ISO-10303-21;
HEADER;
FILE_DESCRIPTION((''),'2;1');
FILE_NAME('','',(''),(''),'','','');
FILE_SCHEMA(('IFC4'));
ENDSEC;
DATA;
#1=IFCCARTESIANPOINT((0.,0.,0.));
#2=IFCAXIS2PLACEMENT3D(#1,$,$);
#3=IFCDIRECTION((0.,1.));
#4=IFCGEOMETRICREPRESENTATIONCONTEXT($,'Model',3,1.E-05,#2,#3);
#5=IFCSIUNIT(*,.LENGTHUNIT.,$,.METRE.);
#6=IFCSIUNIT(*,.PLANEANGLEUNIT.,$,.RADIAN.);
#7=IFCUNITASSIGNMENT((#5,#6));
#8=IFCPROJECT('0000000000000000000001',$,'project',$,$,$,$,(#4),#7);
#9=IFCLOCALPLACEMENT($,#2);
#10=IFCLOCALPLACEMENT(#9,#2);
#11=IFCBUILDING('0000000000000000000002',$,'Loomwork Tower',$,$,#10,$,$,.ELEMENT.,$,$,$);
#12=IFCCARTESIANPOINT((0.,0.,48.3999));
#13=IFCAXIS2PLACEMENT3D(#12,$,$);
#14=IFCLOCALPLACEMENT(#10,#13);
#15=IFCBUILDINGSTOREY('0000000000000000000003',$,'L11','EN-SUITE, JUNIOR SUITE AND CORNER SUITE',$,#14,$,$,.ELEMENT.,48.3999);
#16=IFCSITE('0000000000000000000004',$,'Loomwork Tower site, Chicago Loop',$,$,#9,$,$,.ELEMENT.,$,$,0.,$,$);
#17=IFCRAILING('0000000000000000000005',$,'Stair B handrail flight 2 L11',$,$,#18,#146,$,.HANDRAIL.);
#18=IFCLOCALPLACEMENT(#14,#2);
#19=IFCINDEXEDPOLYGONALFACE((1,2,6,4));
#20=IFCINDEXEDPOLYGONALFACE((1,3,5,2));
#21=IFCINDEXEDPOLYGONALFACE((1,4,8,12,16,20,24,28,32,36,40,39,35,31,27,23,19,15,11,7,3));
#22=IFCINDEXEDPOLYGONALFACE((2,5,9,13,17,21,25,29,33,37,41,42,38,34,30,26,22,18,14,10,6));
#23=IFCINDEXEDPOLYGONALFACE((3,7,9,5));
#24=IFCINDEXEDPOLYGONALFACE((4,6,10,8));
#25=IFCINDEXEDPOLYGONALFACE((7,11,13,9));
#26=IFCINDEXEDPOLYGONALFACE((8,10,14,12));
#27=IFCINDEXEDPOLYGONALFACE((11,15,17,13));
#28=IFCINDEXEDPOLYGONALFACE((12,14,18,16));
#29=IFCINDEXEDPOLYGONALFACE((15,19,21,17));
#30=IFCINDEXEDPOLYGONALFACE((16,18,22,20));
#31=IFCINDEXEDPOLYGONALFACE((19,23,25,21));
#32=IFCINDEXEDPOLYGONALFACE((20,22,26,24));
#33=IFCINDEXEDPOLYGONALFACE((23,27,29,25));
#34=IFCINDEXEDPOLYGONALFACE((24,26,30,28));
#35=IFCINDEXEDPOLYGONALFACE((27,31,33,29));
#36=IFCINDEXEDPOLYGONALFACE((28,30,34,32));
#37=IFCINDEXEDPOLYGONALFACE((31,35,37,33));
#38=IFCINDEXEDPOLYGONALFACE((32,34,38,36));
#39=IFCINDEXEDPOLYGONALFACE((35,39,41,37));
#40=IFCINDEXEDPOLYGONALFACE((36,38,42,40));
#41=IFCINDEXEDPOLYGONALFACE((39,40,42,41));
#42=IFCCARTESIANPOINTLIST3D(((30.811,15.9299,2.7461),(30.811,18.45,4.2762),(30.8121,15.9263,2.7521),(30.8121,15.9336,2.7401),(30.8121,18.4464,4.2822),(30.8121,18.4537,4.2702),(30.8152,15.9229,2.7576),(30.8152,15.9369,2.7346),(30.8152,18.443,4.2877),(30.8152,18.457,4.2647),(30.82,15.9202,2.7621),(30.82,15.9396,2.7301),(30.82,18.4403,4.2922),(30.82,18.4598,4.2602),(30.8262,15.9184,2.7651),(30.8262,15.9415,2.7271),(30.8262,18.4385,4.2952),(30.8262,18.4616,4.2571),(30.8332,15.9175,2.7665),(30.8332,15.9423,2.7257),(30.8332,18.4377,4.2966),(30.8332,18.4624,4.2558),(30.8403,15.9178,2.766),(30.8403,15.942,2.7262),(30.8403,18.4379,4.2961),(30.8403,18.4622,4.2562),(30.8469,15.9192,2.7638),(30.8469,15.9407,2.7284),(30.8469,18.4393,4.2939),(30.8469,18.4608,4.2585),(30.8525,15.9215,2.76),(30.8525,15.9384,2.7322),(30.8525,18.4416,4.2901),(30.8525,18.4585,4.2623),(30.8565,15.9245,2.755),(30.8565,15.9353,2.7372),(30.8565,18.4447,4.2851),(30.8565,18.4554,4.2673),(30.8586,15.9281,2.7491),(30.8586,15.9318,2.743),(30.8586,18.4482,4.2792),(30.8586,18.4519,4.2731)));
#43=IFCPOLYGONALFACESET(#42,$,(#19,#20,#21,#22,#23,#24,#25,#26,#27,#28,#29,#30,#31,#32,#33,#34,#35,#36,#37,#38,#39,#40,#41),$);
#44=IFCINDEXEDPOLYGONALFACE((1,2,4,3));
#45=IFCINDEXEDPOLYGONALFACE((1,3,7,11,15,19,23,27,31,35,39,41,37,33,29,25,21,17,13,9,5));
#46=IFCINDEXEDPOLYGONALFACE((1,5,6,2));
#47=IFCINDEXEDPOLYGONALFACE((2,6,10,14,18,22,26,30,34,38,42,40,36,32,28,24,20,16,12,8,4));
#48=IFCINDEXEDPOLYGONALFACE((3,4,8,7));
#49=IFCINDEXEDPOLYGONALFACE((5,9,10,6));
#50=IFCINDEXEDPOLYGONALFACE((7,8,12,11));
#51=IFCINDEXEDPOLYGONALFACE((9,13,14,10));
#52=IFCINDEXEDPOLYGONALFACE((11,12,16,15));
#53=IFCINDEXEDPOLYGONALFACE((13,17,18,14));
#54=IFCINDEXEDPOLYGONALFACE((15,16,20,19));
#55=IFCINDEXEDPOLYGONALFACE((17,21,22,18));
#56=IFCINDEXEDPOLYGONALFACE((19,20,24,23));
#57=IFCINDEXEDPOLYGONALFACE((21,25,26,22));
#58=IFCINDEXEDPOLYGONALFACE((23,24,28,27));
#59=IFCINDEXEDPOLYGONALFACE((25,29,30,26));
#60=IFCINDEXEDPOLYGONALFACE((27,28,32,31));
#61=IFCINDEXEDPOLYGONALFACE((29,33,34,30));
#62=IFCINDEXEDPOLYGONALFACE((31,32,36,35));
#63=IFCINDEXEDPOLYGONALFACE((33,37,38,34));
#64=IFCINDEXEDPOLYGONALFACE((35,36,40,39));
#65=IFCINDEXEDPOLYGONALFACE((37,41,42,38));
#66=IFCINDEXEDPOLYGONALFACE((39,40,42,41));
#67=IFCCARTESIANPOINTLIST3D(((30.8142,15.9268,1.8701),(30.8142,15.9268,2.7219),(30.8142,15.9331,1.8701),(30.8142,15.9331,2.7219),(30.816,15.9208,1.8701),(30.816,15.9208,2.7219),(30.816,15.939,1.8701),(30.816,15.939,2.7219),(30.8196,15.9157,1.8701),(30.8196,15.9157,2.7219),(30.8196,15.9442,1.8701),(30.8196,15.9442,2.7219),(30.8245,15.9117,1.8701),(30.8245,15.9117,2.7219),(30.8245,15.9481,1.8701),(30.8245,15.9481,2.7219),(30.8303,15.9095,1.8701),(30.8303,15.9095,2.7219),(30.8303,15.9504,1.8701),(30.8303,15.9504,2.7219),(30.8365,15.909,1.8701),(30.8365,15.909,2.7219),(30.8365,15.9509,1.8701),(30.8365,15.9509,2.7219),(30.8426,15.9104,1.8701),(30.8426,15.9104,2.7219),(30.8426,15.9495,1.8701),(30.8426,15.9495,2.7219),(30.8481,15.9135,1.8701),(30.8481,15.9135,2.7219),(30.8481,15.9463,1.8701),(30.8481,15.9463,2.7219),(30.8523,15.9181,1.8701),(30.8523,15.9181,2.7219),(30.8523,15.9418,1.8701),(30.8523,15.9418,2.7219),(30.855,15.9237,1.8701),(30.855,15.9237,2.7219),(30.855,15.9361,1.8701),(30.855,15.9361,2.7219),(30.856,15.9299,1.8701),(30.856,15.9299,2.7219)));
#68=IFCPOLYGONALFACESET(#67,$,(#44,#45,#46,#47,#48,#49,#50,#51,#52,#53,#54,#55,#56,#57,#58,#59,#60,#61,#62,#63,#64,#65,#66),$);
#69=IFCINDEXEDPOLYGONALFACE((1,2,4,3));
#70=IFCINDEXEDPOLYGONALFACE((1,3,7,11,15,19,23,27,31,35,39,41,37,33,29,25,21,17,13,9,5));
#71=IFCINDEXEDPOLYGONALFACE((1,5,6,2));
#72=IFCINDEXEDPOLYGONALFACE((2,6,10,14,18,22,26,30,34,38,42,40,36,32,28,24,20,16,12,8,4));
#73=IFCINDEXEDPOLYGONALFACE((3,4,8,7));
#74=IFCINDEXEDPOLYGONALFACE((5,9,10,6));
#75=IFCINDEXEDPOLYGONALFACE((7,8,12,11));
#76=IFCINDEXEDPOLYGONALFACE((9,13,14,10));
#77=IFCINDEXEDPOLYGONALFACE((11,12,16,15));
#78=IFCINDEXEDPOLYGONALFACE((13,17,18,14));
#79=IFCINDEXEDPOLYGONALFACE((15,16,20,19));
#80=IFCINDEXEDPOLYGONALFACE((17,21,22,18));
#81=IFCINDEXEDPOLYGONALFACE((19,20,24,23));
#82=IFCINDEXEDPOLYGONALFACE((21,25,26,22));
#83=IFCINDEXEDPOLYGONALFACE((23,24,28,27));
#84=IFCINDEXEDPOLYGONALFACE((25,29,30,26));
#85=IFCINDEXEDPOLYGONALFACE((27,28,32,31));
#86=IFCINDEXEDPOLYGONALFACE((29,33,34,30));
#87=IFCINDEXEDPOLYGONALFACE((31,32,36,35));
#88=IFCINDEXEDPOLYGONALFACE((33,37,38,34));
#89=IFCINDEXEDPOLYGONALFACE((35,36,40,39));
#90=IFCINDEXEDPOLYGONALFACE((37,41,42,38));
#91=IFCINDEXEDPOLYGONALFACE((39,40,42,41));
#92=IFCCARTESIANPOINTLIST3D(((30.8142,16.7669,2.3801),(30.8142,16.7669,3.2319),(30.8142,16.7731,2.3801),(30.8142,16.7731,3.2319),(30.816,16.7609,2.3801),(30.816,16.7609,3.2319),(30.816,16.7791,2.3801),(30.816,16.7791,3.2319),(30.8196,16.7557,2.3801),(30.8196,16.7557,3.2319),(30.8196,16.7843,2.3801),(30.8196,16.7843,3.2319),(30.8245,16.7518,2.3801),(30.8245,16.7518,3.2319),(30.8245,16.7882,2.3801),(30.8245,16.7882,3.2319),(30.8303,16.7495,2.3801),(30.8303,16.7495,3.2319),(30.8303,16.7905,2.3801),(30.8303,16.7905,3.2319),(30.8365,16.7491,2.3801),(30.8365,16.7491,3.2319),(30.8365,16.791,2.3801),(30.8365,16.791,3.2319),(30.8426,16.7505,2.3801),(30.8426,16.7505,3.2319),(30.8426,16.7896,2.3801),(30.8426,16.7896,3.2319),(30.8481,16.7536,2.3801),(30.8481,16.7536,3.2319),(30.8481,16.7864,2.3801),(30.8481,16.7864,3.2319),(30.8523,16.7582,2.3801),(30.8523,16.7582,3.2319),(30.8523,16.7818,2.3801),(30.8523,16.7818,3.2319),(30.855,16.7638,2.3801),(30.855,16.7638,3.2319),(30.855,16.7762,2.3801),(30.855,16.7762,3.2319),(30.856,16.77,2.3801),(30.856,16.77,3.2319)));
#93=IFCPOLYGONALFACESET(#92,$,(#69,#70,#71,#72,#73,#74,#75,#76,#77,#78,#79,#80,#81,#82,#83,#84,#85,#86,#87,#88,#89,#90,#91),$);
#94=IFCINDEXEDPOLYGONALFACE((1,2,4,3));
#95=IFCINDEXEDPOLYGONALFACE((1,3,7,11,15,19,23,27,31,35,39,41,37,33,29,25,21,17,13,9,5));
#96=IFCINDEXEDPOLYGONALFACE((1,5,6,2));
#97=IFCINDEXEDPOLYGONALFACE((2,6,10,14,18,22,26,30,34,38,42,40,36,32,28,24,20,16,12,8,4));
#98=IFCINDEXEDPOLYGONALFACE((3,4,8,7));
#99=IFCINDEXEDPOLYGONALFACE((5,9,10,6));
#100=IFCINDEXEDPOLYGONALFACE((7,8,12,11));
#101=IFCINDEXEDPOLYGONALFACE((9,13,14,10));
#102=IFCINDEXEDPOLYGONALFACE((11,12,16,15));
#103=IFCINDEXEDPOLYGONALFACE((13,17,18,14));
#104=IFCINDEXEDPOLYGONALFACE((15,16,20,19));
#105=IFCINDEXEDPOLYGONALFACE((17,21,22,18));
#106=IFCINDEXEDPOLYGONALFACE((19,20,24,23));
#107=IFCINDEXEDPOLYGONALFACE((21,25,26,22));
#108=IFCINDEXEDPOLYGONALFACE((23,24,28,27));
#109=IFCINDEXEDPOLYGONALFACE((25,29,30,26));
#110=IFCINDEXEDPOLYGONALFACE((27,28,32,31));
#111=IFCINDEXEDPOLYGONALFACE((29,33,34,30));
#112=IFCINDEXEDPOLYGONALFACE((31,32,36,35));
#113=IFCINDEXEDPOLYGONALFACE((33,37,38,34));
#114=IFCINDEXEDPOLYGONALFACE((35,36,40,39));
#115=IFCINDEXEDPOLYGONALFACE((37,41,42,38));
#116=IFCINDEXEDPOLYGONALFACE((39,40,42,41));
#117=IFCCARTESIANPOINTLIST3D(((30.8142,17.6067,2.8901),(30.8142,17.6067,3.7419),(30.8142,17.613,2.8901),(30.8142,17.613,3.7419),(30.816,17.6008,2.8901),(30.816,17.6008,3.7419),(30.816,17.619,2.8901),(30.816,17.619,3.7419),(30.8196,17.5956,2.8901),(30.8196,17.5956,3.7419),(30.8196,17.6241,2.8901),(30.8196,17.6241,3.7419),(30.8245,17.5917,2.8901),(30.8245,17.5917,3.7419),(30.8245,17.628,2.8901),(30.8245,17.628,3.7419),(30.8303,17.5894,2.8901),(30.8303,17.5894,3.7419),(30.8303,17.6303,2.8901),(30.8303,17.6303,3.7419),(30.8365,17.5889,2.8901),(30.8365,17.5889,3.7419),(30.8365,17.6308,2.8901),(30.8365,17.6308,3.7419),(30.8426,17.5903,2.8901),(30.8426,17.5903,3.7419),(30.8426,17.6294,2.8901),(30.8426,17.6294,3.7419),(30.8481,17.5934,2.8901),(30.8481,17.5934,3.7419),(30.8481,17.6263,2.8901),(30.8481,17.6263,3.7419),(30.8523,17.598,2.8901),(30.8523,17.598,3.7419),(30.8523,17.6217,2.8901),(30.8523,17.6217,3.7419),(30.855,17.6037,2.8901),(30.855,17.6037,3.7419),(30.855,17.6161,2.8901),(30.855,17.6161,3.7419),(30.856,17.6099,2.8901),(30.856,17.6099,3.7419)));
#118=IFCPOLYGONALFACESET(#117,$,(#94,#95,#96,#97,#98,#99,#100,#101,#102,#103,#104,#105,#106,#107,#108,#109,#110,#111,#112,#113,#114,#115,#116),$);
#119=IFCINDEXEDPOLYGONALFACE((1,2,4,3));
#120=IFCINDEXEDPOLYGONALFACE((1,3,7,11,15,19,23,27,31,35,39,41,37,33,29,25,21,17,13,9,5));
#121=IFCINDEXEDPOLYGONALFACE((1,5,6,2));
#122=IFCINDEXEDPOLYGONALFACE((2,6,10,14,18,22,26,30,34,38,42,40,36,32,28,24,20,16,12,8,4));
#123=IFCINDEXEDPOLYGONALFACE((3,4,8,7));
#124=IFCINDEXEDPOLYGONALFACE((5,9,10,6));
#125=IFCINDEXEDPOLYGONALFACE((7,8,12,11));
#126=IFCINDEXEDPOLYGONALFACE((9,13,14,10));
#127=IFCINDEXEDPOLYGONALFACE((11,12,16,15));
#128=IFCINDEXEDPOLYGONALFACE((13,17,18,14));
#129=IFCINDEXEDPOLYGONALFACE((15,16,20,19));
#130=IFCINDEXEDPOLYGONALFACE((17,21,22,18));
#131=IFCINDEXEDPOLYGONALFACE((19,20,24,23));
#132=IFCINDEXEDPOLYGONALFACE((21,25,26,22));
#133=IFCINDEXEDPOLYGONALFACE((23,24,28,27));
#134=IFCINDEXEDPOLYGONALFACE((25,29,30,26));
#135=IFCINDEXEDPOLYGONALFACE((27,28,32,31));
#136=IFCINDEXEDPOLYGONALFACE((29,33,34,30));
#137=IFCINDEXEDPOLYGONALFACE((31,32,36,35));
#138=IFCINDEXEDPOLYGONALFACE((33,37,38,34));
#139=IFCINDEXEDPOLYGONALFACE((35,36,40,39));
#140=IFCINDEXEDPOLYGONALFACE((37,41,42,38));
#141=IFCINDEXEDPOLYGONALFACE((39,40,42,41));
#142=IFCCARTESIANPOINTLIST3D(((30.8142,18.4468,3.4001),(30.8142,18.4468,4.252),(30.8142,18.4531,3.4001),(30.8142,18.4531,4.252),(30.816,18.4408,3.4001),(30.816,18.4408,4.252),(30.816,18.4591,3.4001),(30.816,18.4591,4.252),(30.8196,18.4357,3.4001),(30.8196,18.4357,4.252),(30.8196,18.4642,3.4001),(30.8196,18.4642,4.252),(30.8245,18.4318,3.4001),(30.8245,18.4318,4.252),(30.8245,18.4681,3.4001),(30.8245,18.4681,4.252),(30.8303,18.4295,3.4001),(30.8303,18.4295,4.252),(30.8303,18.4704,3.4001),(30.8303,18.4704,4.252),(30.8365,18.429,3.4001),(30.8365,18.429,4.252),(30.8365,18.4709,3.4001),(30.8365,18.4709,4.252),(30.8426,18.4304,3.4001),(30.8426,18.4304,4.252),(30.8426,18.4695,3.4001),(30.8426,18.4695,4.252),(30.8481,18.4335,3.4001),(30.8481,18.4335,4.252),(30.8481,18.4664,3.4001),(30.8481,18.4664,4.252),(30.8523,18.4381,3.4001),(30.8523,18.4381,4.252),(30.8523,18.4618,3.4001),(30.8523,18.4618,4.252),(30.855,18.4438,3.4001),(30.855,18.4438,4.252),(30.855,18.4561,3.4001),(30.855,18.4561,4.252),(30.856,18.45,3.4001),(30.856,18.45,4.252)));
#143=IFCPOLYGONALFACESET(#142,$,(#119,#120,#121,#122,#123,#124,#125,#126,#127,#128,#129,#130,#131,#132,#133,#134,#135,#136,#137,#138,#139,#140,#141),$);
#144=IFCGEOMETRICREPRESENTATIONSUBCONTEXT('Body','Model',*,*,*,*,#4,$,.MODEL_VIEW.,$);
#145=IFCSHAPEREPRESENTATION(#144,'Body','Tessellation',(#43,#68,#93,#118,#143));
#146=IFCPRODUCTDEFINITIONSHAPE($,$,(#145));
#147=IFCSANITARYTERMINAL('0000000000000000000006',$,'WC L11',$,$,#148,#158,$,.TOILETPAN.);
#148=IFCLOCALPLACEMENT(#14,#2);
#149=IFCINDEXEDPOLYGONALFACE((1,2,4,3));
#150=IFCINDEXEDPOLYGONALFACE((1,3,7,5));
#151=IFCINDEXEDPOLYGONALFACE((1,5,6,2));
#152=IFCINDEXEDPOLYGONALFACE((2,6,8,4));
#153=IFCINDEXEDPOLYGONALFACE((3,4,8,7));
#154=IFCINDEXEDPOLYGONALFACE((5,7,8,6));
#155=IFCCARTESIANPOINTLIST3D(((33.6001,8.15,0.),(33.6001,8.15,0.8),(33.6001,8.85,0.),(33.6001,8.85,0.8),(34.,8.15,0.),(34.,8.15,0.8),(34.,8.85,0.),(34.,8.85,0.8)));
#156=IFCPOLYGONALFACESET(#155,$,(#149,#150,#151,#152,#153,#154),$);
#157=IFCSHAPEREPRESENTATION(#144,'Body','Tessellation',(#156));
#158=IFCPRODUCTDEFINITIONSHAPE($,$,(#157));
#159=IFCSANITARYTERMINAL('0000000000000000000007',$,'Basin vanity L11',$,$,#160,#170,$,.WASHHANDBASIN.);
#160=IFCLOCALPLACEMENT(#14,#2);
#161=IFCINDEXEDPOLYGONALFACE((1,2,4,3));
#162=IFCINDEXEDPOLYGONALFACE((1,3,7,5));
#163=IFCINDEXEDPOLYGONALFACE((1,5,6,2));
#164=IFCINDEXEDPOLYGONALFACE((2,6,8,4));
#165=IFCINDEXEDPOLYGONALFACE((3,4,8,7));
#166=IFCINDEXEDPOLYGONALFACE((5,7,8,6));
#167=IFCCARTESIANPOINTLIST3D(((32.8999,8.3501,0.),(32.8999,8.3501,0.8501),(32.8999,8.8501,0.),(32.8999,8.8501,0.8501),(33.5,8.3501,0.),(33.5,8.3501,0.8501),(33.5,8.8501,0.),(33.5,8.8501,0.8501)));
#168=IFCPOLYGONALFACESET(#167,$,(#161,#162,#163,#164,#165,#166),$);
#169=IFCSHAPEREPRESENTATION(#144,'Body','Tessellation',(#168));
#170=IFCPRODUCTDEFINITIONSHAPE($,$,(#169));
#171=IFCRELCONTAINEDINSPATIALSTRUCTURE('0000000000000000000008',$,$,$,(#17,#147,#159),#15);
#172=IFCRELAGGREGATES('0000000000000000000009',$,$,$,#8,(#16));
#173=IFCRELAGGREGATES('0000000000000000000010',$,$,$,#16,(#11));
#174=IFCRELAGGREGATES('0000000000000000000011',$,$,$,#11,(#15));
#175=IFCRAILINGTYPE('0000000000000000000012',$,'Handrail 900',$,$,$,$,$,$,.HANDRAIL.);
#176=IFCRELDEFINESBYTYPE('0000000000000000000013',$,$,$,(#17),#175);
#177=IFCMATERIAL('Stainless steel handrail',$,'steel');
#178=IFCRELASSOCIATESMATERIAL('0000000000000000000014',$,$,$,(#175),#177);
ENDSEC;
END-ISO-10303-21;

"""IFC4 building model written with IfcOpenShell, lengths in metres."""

from ifc_helpers import new_model, si_unit, direction, frame, origin, origin_2d, place, context, subcontext, project, spatial, rectangle, circle, extrude, material, type_object, element, save


model = new_model("IFC4")

# Units and contexts
model_context = context("Model", 3, precision=1e-05, world=origin(), true_north=direction((0.0, 1.0)))
body_context = subcontext(model_context, "Body", "Model", "MODEL_VIEW")
ifc_project = project(units=[si_unit("LENGTHUNIT", "METRE"), si_unit("PLANEANGLEUNIT", "RADIAN")], contexts=[model_context])

# Site, building, storey
site_placement = place(None, origin())
site = spatial("IfcSite", under=ifc_project, at=site_placement, Name="Loomwork Tower site, Chicago Loop", CompositionType="ELEMENT", RefElevation=0.0)
building_placement = place(site_placement, origin())
building = spatial("IfcBuilding", under=site, at=building_placement, Name="Loomwork Tower", CompositionType="ELEMENT")
storey_placement = place(building_placement, frame((0.0, 0.0, 48.3999)))
storey = spatial("IfcBuildingStorey", under=building, at=storey_placement, Name="L11", Description="EN-SUITE, JUNIOR SUITE AND CORNER SUITE", CompositionType="ELEMENT", Elevation=48.3999)

# Railing
ifc_material_1 = material(Name="Stainless steel handrail", Category="steel")
railing_type = type_object("IfcRailingType", Name="Handrail 900", PredefinedType="HANDRAIL", material=ifc_material_1)
railing_placement = place(storey_placement, frame((30.835, 15.9299, 1.8701)))
element("IfcRailing", 1, at=railing_placement, inside=storey, type_object=railing_type, Name="Stair B handrail flight 2 L11", PredefinedType="HANDRAIL", context=body_context, shape_type="SweptSolid", body=[
    extrude(circle(Radius=0.0239, at=origin_2d()), frame((0.0, 0.0, 0.876), z_axis=(0.0, 0.854785, 0.518982), x_axis=(-1.0, 0.0, 0.0)), (0.0, 0.0, 1.0), 2.9482),
    extrude(circle(Radius=0.021, at=origin_2d()), origin(), (0.0, 0.0, 1.0), 0.8518),
    extrude(circle(Radius=0.021, at=origin_2d()), frame((0.0, 0.8401, 0.51)), (0.0, 0.0, 1.0), 0.8518),
    extrude(circle(Radius=0.021, at=origin_2d()), frame((0.0, 1.6799, 1.02)), (0.0, 0.0, 1.0), 0.8518),
    extrude(circle(Radius=0.021, at=origin_2d()), frame((0.0, 2.52, 1.53)), (0.0, 0.0, 1.0), 0.8518),
])

# Sanitary terminals
sanitary_terminal_1_placement = place(storey_placement, frame((33.8, 8.5, 0.0), z_axis=(0.0, 0.0, 1.0), x_axis=(1.0, 0.0, 0.0)))
element("IfcSanitaryTerminal", 2, at=sanitary_terminal_1_placement, inside=storey, Name="WC L11", PredefinedType="TOILETPAN", context=body_context, shape_type="SweptSolid", body=[
    extrude(rectangle(XDim=0.3999, YDim=0.7, at=origin_2d()), origin(), (0.0, 0.0, 1.0), 0.8),
])
sanitary_terminal_2_placement = place(storey_placement, frame((33.2, 8.6001, 0.0), z_axis=(0.0, 0.0, 1.0), x_axis=(1.0, 0.0, 0.0)))
element("IfcSanitaryTerminal", 3, at=sanitary_terminal_2_placement, inside=storey, Name="Basin vanity L11", PredefinedType="WASHHANDBASIN", context=body_context, shape_type="SweptSolid", body=[
    extrude(rectangle(XDim=0.6001, YDim=0.5, at=origin_2d()), origin(), (0.0, 0.0, 1.0), 0.8501),
])

save(model, "model.ifc")
